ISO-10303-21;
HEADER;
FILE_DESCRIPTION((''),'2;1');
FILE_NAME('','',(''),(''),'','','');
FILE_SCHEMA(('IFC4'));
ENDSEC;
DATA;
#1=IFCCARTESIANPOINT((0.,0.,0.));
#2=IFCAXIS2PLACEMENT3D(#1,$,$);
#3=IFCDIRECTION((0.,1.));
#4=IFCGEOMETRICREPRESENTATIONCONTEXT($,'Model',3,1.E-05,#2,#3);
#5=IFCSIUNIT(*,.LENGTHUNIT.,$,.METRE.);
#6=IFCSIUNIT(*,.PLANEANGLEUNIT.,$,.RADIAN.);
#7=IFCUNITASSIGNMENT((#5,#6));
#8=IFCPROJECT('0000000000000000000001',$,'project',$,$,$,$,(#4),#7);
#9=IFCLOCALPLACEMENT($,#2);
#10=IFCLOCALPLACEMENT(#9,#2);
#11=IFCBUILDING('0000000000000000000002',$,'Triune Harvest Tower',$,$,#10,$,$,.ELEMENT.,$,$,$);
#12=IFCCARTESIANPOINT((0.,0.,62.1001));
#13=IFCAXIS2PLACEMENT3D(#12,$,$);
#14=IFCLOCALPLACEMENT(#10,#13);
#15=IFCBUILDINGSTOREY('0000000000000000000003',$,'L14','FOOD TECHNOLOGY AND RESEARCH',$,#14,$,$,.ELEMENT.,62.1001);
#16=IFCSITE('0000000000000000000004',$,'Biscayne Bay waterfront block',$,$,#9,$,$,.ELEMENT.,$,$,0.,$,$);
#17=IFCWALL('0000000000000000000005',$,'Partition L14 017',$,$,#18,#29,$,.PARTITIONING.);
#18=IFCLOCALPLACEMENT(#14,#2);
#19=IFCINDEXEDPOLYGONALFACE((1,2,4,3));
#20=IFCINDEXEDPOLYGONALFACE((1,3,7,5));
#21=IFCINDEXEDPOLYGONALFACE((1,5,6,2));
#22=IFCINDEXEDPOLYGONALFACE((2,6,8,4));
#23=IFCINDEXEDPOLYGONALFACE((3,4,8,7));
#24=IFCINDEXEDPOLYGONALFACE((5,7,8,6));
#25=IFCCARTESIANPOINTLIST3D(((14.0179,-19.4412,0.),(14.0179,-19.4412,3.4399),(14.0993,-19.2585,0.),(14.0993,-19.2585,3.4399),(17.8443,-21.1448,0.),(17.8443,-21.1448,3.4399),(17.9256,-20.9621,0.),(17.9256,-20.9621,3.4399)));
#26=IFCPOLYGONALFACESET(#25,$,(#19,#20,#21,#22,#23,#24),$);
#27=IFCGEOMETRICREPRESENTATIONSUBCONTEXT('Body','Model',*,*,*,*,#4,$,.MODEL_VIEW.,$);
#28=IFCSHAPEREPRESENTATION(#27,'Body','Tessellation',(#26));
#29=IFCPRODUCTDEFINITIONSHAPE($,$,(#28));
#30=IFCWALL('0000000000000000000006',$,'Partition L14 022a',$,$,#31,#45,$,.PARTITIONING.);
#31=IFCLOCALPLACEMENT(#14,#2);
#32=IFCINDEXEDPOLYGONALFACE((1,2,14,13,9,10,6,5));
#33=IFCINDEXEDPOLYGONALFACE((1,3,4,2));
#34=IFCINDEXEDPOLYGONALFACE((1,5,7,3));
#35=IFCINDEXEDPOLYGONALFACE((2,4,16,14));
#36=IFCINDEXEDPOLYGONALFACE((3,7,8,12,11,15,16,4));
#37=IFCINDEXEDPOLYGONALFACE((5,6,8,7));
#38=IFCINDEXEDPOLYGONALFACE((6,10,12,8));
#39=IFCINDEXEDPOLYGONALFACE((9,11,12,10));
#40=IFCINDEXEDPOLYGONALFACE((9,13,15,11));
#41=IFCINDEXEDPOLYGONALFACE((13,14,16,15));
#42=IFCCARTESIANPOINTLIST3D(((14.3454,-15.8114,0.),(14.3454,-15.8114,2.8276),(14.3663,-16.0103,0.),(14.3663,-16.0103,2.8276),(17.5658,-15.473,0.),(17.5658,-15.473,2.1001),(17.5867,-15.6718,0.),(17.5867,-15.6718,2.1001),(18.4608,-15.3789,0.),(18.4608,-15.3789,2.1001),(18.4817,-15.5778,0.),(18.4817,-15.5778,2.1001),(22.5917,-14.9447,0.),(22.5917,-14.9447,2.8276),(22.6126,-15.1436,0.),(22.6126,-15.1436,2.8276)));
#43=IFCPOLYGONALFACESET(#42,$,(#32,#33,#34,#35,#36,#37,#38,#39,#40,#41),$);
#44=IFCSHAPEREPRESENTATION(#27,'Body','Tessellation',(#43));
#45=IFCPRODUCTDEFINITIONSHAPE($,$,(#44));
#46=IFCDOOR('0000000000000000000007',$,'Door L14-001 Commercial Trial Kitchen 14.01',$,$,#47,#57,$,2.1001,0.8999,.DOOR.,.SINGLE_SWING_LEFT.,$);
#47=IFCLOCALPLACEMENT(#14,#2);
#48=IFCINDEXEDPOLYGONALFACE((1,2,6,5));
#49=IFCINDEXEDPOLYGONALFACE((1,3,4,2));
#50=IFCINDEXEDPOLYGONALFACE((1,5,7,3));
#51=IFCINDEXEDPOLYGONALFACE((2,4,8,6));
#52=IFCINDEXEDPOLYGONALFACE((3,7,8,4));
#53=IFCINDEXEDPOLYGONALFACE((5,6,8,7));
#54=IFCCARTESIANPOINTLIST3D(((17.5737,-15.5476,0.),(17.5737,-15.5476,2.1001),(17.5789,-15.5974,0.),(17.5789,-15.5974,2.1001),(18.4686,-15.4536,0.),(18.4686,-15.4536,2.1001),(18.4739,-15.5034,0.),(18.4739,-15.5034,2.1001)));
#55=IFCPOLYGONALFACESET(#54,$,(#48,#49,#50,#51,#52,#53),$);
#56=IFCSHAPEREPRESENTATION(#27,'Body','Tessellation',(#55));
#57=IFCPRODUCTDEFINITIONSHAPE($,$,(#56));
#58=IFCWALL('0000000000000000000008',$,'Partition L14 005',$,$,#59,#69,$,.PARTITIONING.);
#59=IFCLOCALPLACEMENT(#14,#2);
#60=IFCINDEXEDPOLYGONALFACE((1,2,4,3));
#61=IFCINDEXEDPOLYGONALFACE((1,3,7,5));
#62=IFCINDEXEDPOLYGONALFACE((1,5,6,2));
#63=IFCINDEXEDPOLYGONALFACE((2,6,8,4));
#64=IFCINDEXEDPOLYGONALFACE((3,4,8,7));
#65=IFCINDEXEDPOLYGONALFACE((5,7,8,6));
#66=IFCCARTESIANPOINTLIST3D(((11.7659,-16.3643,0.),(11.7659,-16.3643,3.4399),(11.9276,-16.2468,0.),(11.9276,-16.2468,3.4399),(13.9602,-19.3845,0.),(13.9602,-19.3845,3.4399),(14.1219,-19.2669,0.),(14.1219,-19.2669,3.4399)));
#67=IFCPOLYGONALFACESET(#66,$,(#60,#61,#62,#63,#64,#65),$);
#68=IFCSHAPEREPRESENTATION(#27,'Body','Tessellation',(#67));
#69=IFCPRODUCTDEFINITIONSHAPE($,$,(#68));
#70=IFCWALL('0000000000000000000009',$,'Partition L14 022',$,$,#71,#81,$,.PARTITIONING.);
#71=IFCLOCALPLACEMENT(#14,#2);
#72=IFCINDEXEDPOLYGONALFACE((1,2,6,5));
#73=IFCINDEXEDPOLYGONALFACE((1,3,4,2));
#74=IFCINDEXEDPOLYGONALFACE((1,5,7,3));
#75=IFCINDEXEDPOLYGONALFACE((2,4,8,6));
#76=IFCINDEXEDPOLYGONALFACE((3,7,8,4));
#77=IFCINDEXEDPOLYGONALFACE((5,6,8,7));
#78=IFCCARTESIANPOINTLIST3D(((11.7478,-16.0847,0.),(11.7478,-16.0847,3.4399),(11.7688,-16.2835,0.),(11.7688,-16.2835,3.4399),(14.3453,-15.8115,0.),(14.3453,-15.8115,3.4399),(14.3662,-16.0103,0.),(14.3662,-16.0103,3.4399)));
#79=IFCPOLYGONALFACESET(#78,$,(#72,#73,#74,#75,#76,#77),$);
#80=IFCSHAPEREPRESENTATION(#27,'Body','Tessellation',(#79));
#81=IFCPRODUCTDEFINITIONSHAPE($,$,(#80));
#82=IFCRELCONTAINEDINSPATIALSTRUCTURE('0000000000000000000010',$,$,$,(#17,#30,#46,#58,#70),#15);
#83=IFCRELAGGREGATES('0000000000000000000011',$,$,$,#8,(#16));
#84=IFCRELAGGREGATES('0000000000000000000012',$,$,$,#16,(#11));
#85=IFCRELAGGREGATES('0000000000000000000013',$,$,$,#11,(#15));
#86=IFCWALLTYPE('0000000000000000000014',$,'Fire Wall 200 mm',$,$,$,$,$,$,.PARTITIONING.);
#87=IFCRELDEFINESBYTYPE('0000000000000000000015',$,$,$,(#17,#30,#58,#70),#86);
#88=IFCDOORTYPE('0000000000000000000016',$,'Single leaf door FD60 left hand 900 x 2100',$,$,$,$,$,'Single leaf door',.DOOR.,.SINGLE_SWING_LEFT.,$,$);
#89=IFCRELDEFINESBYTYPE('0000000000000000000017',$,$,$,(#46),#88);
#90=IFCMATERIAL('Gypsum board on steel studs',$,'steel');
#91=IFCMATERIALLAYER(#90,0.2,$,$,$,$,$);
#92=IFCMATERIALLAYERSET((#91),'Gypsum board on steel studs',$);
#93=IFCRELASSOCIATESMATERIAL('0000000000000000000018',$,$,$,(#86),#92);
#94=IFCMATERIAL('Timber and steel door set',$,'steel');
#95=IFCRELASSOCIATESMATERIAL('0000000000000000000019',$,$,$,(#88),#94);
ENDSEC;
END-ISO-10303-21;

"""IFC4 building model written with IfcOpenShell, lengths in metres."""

from ifc_helpers import new_model, si_unit, direction, frame, frame_2d, origin, place, context, subcontext, project, spatial, rectangle, extrude, source, transform, mapped, material, layer, layer_set, type_object, element, fill, save


model = new_model("IFC4")

# Units and contexts
model_context = context("Model", 3, precision=1e-05, world=origin(), true_north=direction((0.0, 1.0)))
body_context = subcontext(model_context, "Body", "Model", "MODEL_VIEW")
ifc_project = project(units=[si_unit("LENGTHUNIT", "METRE"), si_unit("PLANEANGLEUNIT", "RADIAN")], contexts=[model_context])

# Site, building, storey
site_placement = place(None, origin())
site = spatial("IfcSite", under=ifc_project, at=site_placement, Name="Biscayne Bay waterfront block", CompositionType="ELEMENT", RefElevation=0.0)
building_placement = place(site_placement, origin())
building = spatial("IfcBuilding", under=site, at=building_placement, Name="Triune Harvest Tower", CompositionType="ELEMENT")
storey_placement = place(building_placement, frame((0.0, 0.0, 62.1001)))
storey = spatial("IfcBuildingStorey", under=building, at=storey_placement, Name="L14", Description="FOOD TECHNOLOGY AND RESEARCH", CompositionType="ELEMENT", Elevation=62.1001)

# Wall
ifc_material_1 = material(Name="Gypsum board on steel studs", Category="steel")
ifc_layer_1 = layer(ifc_material_1, 0.2)
ifc_layer_set_1 = layer_set([ifc_layer_1], Name="Gypsum board on steel studs")
wall_type = type_object("IfcWallType", Name="Fire Wall 200 mm", PredefinedType="PARTITIONING", material=ifc_layer_set_1)
wall_1_placement = place(storey_placement, frame((14.0586, -19.3499, 0.0), z_axis=(0.0, 0.0, 1.0), x_axis=(0.913547, -0.406733, 0.0)))
element("IfcWall", 1, at=wall_1_placement, inside=storey, type_object=wall_type, Name="Partition L14 017", PredefinedType="PARTITIONING", context=body_context, shape_type="SweptSolid", body=[
    extrude(rectangle(XDim=4.1885, YDim=0.2, at=frame_2d((2.0942, 0.0))), origin(), (0.0, 0.0, 1.0), 3.4399),
])

# Wall, opening, door
wall_2_placement = place(storey_placement, frame((14.3557, -15.9109, 0.0), z_axis=(0.0, 0.0, 1.0), x_axis=(0.994522, 0.104525, 0.0)))
wall_2 = element("IfcWall", 2, at=wall_2_placement, inside=storey, type_object=wall_type, Name="Partition L14 022a", PredefinedType="PARTITIONING", context=body_context, shape_type="SweptSolid", body=[
    extrude(rectangle(XDim=8.2917, YDim=0.2, at=frame_2d((4.146, 0.0))), origin(), (0.0, 0.0, 1.0), 2.8276),
])
opening_placement = place(wall_2_placement, frame((3.2383, 0.0, 0.0)))
opening = element("IfcOpeningElement", 3, at=opening_placement, cuts=wall_2, PredefinedType="OPENING", context=body_context, shape_type="SweptSolid", body=[
    extrude(rectangle(XDim=0.8999, YDim=2.1001, at=frame_2d((0.45, 1.05))), frame((0.0, 0.1099, 0.0), z_axis=(0.0, -1.0, 0.0), x_axis=(1.0, 0.0, 0.0)), (0.0, 0.0, 1.0), 0.22),
])
ifc_material_2 = material(Name="Timber and steel door set", Category="steel")
door_type = type_object("IfcDoorType", Name="Single leaf door FD60 left hand 900 x 2100", ElementType="Single leaf door", OperationType="SINGLE_SWING_LEFT", PredefinedType="DOOR", material=ifc_material_2)
door_placement = place(opening_placement, origin())
door = element("IfcDoor", 4, at=door_placement, inside=storey, type_object=door_type, Name="Door L14-001 Commercial Trial Kitchen 14.01", OperationType="SINGLE_SWING_LEFT", OverallHeight=2.1001, OverallWidth=0.8999, PredefinedType="DOOR", context=body_context, shape_type="SweptSolid", body=[
    extrude(rectangle(XDim=0.8999, YDim=2.1001, at=frame_2d((0.45, 1.05))), frame((0.0, 0.0249, 0.0), z_axis=(0.0, -1.0, 0.0), x_axis=(1.0, 0.0, 0.0)), (0.0, 0.0, 1.0), 0.05),
])
fill(opening, door)

# Walls
shared_shape_1 = source(origin(), body_context, "Body", "SweptSolid", [
    extrude(rectangle(XDim=3.7332, YDim=0.2, at=frame_2d((1.8667, 0.0))), origin(), (0.0, 0.0, 1.0), 3.4399),
])
wall_3_placement = place(storey_placement, frame((11.8467, -16.3054, 0.0), z_axis=(0.0, 0.0, 1.0), x_axis=(0.587783, -0.809019, 0.0)))
element("IfcWall", 5, at=wall_3_placement, inside=storey, type_object=wall_type, Name="Partition L14 005", PredefinedType="PARTITIONING", context=body_context, shape_type="MappedRepresentation", body=[
    mapped(shared_shape_1, transform((0.0, 0.0, 0.0), scale=1.0)),
])
shared_shape_2 = source(origin(), body_context, "Body", "SweptSolid", [
    extrude(rectangle(XDim=2.6118, YDim=0.2, at=frame_2d((1.3059, 0.0))), origin(), (0.0, 0.0, 1.0), 3.4399),
])
wall_4_placement = place(storey_placement, frame((11.7583, -16.1841, 0.0), z_axis=(0.0, 0.0, 1.0), x_axis=(0.994514, 0.104602, 0.0)))
element("IfcWall", 6, at=wall_4_placement, inside=storey, type_object=wall_type, Name="Partition L14 022", PredefinedType="PARTITIONING", context=body_context, shape_type="MappedRepresentation", body=[
    mapped(shared_shape_2, transform((0.0, 0.0, 0.0), scale=1.0)),
])

save(model, "model.ifc")
